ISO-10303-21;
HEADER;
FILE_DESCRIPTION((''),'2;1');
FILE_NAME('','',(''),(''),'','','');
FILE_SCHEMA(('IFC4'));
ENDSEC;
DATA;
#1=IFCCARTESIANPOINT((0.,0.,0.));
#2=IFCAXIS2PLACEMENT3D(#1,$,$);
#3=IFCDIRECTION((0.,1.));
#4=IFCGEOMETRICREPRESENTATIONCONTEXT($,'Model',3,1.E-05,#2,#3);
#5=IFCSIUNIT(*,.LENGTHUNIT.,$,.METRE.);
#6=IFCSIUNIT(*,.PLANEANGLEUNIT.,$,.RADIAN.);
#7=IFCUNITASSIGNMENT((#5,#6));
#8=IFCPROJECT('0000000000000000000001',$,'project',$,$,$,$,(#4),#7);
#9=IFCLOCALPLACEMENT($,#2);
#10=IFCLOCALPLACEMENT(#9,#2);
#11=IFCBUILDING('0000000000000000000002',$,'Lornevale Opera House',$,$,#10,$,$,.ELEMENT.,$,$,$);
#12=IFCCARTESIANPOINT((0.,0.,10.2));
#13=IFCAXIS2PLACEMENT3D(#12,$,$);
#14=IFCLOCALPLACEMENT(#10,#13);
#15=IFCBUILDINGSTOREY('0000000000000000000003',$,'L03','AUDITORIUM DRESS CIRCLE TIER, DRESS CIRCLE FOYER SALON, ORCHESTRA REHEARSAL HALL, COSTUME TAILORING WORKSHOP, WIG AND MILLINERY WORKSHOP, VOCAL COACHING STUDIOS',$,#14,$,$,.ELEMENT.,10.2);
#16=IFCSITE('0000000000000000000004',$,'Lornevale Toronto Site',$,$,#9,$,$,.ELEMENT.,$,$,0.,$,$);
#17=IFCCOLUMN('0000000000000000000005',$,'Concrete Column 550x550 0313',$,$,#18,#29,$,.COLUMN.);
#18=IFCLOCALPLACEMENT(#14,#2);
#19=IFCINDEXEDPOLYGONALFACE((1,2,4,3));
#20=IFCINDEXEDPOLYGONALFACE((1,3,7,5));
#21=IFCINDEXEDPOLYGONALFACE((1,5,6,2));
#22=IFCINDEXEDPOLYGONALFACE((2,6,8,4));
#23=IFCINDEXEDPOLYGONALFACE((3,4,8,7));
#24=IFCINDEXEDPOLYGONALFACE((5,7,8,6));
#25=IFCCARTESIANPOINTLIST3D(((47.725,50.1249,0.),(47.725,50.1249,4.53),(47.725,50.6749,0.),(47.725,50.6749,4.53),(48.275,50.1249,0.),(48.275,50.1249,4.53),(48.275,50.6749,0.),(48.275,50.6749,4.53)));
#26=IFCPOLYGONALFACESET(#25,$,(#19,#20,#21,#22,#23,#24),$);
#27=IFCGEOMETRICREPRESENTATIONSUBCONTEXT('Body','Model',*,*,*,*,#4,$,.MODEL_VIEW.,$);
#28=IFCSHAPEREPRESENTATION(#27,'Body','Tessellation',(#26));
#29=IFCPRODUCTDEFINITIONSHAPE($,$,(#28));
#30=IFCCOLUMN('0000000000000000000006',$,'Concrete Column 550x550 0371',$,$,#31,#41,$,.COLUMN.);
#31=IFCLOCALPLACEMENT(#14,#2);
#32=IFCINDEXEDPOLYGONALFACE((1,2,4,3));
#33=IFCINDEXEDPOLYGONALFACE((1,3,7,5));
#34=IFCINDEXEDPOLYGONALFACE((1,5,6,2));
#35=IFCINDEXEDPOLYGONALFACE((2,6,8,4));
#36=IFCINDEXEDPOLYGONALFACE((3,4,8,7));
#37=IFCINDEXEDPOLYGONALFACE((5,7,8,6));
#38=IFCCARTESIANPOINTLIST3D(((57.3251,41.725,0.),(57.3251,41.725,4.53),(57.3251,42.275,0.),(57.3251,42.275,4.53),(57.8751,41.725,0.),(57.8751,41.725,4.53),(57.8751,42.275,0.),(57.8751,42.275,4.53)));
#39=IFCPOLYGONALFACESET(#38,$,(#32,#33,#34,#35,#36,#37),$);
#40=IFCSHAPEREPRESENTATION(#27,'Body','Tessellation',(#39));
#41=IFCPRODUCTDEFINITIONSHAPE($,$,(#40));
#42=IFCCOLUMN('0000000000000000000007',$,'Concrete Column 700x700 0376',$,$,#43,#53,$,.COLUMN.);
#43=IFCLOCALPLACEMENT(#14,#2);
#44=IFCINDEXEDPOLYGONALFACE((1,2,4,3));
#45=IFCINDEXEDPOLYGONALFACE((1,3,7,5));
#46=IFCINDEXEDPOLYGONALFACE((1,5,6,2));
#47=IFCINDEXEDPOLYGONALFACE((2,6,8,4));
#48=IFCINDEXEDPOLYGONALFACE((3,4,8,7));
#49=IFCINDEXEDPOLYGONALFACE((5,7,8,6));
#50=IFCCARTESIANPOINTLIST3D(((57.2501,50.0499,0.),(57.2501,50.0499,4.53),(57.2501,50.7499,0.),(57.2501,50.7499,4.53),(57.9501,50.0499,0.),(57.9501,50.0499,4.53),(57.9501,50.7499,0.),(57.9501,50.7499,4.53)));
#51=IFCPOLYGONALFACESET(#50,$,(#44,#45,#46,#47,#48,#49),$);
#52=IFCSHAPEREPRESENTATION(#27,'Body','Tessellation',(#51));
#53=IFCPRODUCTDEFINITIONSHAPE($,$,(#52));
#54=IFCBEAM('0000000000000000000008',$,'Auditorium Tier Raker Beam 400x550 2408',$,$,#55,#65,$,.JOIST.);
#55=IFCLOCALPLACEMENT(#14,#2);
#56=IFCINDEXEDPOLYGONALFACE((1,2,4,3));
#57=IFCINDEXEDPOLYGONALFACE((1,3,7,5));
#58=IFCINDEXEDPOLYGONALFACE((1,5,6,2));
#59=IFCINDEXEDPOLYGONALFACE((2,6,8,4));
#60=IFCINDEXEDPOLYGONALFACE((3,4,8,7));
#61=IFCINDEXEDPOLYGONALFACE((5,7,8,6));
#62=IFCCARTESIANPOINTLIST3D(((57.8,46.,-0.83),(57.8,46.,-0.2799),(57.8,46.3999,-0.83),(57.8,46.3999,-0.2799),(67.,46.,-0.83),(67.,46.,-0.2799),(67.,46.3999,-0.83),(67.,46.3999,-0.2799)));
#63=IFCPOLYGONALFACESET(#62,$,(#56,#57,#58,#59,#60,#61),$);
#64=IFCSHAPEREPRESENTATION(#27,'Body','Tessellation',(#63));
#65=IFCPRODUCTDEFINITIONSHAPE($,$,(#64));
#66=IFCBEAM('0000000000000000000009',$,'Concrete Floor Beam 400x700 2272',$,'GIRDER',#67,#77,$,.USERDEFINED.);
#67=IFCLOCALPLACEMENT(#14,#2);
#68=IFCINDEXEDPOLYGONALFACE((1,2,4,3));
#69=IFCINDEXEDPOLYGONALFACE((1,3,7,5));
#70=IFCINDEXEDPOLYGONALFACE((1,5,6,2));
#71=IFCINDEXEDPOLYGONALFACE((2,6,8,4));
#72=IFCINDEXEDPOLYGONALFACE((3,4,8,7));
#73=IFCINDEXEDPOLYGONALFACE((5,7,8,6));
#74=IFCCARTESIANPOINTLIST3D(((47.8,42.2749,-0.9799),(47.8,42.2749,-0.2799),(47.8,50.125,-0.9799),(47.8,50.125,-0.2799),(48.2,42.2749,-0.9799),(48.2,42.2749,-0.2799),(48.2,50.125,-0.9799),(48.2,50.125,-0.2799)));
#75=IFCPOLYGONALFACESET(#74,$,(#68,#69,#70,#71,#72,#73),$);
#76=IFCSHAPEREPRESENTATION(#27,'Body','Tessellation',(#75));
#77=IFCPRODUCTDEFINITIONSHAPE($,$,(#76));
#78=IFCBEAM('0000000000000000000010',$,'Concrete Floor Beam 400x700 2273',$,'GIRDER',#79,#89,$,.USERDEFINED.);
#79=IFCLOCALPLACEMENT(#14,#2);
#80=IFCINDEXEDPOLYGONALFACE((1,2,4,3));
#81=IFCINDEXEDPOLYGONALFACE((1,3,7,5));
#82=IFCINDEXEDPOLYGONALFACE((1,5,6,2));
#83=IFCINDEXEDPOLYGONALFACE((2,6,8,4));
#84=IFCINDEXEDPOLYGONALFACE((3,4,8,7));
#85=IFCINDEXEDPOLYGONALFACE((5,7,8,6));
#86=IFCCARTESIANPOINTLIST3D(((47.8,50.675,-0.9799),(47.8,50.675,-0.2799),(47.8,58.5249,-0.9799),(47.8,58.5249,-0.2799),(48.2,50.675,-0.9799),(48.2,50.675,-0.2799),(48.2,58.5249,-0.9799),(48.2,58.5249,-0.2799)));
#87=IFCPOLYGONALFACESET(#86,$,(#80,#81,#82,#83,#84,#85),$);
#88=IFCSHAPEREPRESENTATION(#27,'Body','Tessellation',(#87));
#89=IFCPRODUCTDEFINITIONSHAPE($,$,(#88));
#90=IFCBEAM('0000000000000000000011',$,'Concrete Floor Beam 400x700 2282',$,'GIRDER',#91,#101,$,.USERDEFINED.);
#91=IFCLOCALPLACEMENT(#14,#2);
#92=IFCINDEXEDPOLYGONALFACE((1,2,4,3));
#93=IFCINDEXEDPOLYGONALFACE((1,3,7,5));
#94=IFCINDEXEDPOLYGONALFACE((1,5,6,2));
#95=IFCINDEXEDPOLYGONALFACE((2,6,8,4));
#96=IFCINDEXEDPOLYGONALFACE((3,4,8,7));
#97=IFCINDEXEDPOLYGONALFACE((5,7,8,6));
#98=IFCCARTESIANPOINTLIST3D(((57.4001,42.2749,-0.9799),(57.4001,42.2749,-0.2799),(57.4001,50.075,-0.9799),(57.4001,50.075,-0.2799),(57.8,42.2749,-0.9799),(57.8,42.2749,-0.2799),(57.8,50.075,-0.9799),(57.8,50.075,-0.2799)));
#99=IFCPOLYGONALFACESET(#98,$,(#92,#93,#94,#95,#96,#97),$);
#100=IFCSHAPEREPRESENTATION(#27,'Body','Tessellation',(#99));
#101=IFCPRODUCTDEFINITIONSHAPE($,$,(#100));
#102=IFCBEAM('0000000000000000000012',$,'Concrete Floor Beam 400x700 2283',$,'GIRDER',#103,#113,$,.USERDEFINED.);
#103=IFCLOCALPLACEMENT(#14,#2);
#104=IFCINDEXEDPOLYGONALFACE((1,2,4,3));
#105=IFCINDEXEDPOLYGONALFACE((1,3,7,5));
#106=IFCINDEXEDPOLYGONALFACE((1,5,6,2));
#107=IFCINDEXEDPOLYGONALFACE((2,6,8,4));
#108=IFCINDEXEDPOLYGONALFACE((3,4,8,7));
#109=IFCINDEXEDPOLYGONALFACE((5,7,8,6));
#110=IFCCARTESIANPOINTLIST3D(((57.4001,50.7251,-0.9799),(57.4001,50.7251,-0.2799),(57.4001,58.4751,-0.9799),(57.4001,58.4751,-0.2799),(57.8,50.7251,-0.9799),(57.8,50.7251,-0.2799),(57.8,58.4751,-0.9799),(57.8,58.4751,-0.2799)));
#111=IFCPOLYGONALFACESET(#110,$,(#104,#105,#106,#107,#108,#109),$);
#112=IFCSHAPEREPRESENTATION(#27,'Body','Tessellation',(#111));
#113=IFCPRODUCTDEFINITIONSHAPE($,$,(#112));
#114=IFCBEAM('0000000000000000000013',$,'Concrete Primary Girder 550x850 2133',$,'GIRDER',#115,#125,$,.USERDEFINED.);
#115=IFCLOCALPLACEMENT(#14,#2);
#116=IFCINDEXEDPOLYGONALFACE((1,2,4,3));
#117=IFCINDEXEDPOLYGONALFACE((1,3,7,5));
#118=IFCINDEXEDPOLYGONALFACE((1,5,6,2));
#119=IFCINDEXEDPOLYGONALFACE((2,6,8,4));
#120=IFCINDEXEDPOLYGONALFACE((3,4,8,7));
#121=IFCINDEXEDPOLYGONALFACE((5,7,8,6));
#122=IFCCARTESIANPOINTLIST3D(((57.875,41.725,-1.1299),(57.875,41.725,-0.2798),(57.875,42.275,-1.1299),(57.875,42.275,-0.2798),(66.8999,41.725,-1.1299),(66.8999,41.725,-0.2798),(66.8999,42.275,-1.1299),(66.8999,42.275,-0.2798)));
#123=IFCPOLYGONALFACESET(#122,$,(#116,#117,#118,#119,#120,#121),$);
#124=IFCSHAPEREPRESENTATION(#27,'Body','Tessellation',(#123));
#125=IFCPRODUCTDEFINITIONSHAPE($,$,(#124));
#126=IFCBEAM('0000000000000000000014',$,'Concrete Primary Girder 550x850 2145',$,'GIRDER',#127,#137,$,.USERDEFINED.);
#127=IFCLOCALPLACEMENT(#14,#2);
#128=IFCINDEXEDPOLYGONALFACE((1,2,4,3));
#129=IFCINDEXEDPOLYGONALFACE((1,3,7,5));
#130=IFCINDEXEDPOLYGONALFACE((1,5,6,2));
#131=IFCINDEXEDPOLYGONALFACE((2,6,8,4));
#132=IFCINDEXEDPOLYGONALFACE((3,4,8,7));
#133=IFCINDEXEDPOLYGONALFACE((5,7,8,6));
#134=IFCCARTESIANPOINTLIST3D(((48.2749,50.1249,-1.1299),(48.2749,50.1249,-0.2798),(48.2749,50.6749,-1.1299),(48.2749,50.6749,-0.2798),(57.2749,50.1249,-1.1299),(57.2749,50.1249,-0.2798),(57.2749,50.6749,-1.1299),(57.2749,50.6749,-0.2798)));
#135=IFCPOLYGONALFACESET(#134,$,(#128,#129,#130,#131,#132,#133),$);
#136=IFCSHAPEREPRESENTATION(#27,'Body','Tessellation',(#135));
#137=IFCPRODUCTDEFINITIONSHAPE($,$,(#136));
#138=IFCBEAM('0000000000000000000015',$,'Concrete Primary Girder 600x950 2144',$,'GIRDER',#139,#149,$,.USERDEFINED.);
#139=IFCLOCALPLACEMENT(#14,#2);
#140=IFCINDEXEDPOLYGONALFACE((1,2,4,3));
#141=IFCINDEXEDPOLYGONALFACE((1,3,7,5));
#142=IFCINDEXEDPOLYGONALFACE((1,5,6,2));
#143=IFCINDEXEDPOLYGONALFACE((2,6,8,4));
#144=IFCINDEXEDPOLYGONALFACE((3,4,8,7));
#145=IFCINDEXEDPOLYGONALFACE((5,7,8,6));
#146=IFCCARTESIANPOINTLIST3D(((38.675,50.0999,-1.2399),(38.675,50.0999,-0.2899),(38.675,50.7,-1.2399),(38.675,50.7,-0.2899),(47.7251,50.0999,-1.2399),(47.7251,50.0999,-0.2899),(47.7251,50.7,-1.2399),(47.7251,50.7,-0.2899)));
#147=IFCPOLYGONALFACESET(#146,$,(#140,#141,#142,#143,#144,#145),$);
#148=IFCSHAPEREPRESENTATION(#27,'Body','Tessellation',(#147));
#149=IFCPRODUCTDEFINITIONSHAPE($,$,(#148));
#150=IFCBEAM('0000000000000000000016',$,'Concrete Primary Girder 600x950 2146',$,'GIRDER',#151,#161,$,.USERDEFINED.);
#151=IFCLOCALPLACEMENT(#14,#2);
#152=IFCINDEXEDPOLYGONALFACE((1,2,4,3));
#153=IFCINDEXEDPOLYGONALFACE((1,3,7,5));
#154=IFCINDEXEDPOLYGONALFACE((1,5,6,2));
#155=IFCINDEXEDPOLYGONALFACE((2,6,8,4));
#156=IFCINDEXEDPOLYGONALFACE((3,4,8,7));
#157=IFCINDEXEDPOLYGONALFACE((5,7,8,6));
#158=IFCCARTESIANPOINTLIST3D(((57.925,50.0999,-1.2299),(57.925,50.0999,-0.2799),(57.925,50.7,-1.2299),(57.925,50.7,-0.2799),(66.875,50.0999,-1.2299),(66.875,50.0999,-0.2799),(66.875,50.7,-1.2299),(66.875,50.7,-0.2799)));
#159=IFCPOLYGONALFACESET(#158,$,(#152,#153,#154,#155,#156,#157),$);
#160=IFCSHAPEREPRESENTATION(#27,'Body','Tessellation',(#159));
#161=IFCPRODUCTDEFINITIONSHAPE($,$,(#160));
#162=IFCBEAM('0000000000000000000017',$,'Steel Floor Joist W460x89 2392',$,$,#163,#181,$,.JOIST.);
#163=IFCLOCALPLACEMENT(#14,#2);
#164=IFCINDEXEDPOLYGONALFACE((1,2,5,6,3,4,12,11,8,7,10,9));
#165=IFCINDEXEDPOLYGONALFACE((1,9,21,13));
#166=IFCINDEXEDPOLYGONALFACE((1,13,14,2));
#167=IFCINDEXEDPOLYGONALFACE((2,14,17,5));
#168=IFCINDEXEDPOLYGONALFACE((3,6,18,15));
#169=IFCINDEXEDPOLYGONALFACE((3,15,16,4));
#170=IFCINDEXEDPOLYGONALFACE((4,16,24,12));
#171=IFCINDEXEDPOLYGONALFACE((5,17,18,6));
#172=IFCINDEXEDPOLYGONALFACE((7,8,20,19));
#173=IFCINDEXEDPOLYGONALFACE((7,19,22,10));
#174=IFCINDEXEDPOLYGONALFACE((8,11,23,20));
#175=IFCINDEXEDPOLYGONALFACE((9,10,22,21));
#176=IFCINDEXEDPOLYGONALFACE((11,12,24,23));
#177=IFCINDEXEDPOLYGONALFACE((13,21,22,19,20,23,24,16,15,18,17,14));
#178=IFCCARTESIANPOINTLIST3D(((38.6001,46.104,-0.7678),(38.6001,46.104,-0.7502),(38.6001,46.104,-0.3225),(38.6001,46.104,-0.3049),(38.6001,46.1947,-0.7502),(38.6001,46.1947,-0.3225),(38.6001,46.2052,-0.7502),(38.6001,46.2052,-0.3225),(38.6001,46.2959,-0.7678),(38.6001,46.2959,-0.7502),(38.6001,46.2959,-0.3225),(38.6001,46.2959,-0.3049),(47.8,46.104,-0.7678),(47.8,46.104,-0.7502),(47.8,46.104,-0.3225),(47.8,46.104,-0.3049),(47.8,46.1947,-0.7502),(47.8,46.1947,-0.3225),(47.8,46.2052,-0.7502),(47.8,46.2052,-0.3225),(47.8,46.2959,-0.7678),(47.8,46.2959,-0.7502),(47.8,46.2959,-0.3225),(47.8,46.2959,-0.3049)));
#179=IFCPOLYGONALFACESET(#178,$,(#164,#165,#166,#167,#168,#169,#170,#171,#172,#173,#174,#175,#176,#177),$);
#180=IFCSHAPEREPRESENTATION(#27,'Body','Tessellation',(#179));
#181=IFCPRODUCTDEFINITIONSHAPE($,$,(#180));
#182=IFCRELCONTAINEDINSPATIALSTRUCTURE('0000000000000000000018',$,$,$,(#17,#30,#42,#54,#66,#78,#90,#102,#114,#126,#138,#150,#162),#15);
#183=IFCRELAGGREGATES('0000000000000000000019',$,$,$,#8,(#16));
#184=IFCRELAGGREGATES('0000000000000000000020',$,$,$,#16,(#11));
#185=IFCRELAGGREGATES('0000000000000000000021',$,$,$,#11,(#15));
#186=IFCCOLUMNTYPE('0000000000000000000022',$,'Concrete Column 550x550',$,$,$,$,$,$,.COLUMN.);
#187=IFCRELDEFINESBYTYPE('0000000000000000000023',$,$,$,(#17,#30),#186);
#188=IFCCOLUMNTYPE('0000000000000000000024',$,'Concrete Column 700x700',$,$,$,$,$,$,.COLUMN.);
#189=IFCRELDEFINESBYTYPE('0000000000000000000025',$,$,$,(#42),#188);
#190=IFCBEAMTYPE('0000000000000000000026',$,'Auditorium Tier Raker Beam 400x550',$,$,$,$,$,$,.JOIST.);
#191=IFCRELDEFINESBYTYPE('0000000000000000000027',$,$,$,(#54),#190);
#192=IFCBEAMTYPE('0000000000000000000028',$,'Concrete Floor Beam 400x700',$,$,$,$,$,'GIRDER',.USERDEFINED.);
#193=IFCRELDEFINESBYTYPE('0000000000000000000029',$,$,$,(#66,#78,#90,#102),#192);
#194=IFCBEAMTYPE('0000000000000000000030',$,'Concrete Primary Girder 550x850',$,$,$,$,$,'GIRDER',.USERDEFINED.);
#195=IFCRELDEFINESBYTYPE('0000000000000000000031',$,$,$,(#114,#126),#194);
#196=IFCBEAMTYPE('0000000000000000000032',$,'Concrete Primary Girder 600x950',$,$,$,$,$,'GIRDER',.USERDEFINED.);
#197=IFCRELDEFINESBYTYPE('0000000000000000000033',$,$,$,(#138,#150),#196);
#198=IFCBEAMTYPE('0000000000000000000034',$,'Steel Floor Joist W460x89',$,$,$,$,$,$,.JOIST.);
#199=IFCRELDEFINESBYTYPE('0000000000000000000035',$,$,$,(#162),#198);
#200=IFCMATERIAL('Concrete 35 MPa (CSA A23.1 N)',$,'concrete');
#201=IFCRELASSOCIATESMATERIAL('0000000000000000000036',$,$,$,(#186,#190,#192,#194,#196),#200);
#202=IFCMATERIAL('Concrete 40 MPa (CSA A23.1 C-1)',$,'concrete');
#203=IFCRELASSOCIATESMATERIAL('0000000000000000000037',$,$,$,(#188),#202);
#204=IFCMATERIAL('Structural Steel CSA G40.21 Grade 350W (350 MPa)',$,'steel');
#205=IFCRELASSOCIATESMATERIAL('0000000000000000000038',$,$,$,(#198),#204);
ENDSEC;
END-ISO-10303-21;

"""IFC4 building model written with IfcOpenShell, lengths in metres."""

from ifc_helpers import new_model, si_unit, direction, frame, origin, origin_2d, place, context, subcontext, project, spatial, rectangle, i_section, extrude, material, material_profile, profile_set, type_object, element, save


model = new_model("IFC4")

# Units and contexts
model_context = context("Model", 3, precision=1e-05, world=origin(), true_north=direction((0.0, 1.0)))
body_context = subcontext(model_context, "Body", "Model", "MODEL_VIEW")
ifc_project = project(units=[si_unit("LENGTHUNIT", "METRE"), si_unit("PLANEANGLEUNIT", "RADIAN")], contexts=[model_context])

# Site, building, storey
site_placement = place(None, origin())
site = spatial("IfcSite", under=ifc_project, at=site_placement, Name="Lornevale Toronto Site", CompositionType="ELEMENT", RefElevation=0.0)
building_placement = place(site_placement, origin())
building = spatial("IfcBuilding", under=site, at=building_placement, Name="Lornevale Opera House", CompositionType="ELEMENT")
storey_placement = place(building_placement, frame((0.0, 0.0, 10.2)))
storey = spatial("IfcBuildingStorey", under=building, at=storey_placement, Name="L03", Description="AUDITORIUM DRESS CIRCLE TIER, DRESS CIRCLE FOYER SALON, ORCHESTRA REHEARSAL HALL, COSTUME TAILORING WORKSHOP, WIG AND MILLINERY WORKSHOP, VOCAL COACHING STUDIOS", CompositionType="ELEMENT", Elevation=10.2)

# Columns
ifc_material_1 = material(Name="Concrete 35 MPa (CSA A23.1 N)", Category="concrete")
ifc_material_profile_1 = material_profile(ifc_material_1, rectangle(XDim=0.55, YDim=0.55, at=origin_2d()), Name="RC550x550")
ifc_profile_set_1 = profile_set([ifc_material_profile_1], Name="Concrete 35 MPa (CSA A23.1 N)")
column_type_1 = type_object("IfcColumnType", Name="Concrete Column 550x550", PredefinedType="COLUMN", material=ifc_profile_set_1)
for number, where, z_axis, x_axis, name in (
    (1, (48.0, 50.3999, 0.0), (0.0, 0.0, 1.0), (1.0, 0.0, 0.0), "Concrete Column 550x550 0313"),
    (2, (57.6001, 42.0, 0.0), (0.0, 0.0, 1.0), (1.0, 0.0, 0.0), "Concrete Column 550x550 0371"),
):
    element("IfcColumn", number, at=place(storey_placement, frame(where, z_axis=z_axis, x_axis=x_axis)), inside=storey, type_object=column_type_1, Name=name, PredefinedType="COLUMN", context=body_context, shape_type="SweptSolid", body=[
        extrude(rectangle(XDim=0.55, YDim=0.55, at=origin_2d()), origin(), (0.0, 0.0, 1.0), 4.53),
    ])
ifc_material_2 = material(Name="Concrete 40 MPa (CSA A23.1 C-1)", Category="concrete")
ifc_material_profile_2 = material_profile(ifc_material_2, rectangle(XDim=0.7, YDim=0.7, at=origin_2d()), Name="RC700x700")
ifc_profile_set_2 = profile_set([ifc_material_profile_2], Name="Concrete 40 MPa (CSA A23.1 C-1)")
column_type_2 = type_object("IfcColumnType", Name="Concrete Column 700x700", PredefinedType="COLUMN", material=ifc_profile_set_2)
column_placement = place(storey_placement, frame((57.6001, 50.3999, 0.0), z_axis=(0.0, 0.0, 1.0), x_axis=(1.0, 0.0, 0.0)))
element("IfcColumn", 3, at=column_placement, inside=storey, type_object=column_type_2, Name="Concrete Column 700x700 0376", PredefinedType="COLUMN", context=body_context, shape_type="SweptSolid", body=[
    extrude(rectangle(XDim=0.7, YDim=0.7, at=origin_2d()), origin(), (0.0, 0.0, 1.0), 4.53),
])

# Beams
ifc_material_profile_3 = material_profile(ifc_material_1, rectangle(XDim=0.3999, YDim=0.55, at=origin_2d()), Name="RC400x550")
ifc_profile_set_3 = profile_set([ifc_material_profile_3], Name="Concrete 35 MPa (CSA A23.1 N)")
beam_type_1 = type_object("IfcBeamType", Name="Auditorium Tier Raker Beam 400x550", PredefinedType="JOIST", material=ifc_profile_set_3)
beam_1_placement = place(storey_placement, frame((57.8, 46.2, -0.5549), z_axis=(1.0, 0.0, 0.0), x_axis=(0.0, 1.0, 0.0)))
element("IfcBeam", 4, at=beam_1_placement, inside=storey, type_object=beam_type_1, Name="Auditorium Tier Raker Beam 400x550 2408", PredefinedType="JOIST", context=body_context, shape_type="SweptSolid", body=[
    extrude(rectangle(XDim=0.3999, YDim=0.55, at=origin_2d()), origin(), (0.0, 0.0, 1.0), 9.2),
])
ifc_material_profile_4 = material_profile(ifc_material_1, rectangle(XDim=0.3999, YDim=0.7, at=origin_2d()), Name="RC400x700")
ifc_profile_set_4 = profile_set([ifc_material_profile_4], Name="Concrete 35 MPa (CSA A23.1 N)")
beam_type_2 = type_object("IfcBeamType", Name="Concrete Floor Beam 400x700", ElementType="GIRDER", PredefinedType="USERDEFINED", material=ifc_profile_set_4)
beam_2_placement = place(storey_placement, frame((48.0, 42.2749, -0.6299), z_axis=(0.0, 1.0, 0.0), x_axis=(-1.0, 0.0, 0.0)))
element("IfcBeam", 5, at=beam_2_placement, inside=storey, type_object=beam_type_2, Name="Concrete Floor Beam 400x700 2272", ObjectType="GIRDER", PredefinedType="USERDEFINED", context=body_context, shape_type="SweptSolid", body=[
    extrude(rectangle(XDim=0.3999, YDim=0.7, at=origin_2d()), origin(), (0.0, 0.0, 1.0), 7.8501),
])
beam_3_placement = place(storey_placement, frame((48.0, 50.675, -0.6299), z_axis=(0.0, 1.0, 0.0), x_axis=(-1.0, 0.0, 0.0)))
element("IfcBeam", 6, at=beam_3_placement, inside=storey, type_object=beam_type_2, Name="Concrete Floor Beam 400x700 2273", ObjectType="GIRDER", PredefinedType="USERDEFINED", context=body_context, shape_type="SweptSolid", body=[
    extrude(rectangle(XDim=0.3999, YDim=0.7, at=origin_2d()), origin(), (0.0, 0.0, 1.0), 7.8499),
])
beam_4_placement = place(storey_placement, frame((57.6001, 42.2749, -0.6299), z_axis=(0.0, 1.0, 0.0), x_axis=(-1.0, 0.0, 0.0)))
element("IfcBeam", 7, at=beam_4_placement, inside=storey, type_object=beam_type_2, Name="Concrete Floor Beam 400x700 2282", ObjectType="GIRDER", PredefinedType="USERDEFINED", context=body_context, shape_type="SweptSolid", body=[
    extrude(rectangle(XDim=0.3999, YDim=0.7, at=origin_2d()), origin(), (0.0, 0.0, 1.0), 7.8),
])
beam_5_placement = place(storey_placement, frame((57.6001, 50.7251, -0.6299), z_axis=(0.0, 1.0, 0.0), x_axis=(-1.0, 0.0, 0.0)))
element("IfcBeam", 8, at=beam_5_placement, inside=storey, type_object=beam_type_2, Name="Concrete Floor Beam 400x700 2283", ObjectType="GIRDER", PredefinedType="USERDEFINED", context=body_context, shape_type="SweptSolid", body=[
    extrude(rectangle(XDim=0.3999, YDim=0.7, at=origin_2d()), origin(), (0.0, 0.0, 1.0), 7.75),
])
ifc_material_profile_5 = material_profile(ifc_material_1, rectangle(XDim=0.55, YDim=0.8501, at=origin_2d()), Name="RC550x850")
ifc_profile_set_5 = profile_set([ifc_material_profile_5], Name="Concrete 35 MPa (CSA A23.1 N)")
beam_type_3 = type_object("IfcBeamType", Name="Concrete Primary Girder 550x850", ElementType="GIRDER", PredefinedType="USERDEFINED", material=ifc_profile_set_5)
beam_6_placement = place(storey_placement, frame((57.875, 42.0, -0.7048), z_axis=(1.0, 0.0, 0.0), x_axis=(0.0, 1.0, 0.0)))
element("IfcBeam", 9, at=beam_6_placement, inside=storey, type_object=beam_type_3, Name="Concrete Primary Girder 550x850 2133", ObjectType="GIRDER", PredefinedType="USERDEFINED", context=body_context, shape_type="SweptSolid", body=[
    extrude(rectangle(XDim=0.55, YDim=0.8501, at=origin_2d()), origin(), (0.0, 0.0, 1.0), 9.0249),
])
beam_7_placement = place(storey_placement, frame((48.2749, 50.3999, -0.7048), z_axis=(1.0, 0.0, 0.0), x_axis=(0.0, 1.0, 0.0)))
element("IfcBeam", 10, at=beam_7_placement, inside=storey, type_object=beam_type_3, Name="Concrete Primary Girder 550x850 2145", ObjectType="GIRDER", PredefinedType="USERDEFINED", context=body_context, shape_type="SweptSolid", body=[
    extrude(rectangle(XDim=0.55, YDim=0.8501, at=origin_2d()), origin(), (0.0, 0.0, 1.0), 9.0),
])
ifc_material_profile_6 = material_profile(ifc_material_1, rectangle(XDim=0.6001, YDim=0.95, at=origin_2d()), Name="RC600x950")
ifc_profile_set_6 = profile_set([ifc_material_profile_6], Name="Concrete 35 MPa (CSA A23.1 N)")
beam_type_4 = type_object("IfcBeamType", Name="Concrete Primary Girder 600x950", ElementType="GIRDER", PredefinedType="USERDEFINED", material=ifc_profile_set_6)
beam_8_placement = place(storey_placement, frame((38.675, 50.3999, -0.7649), z_axis=(1.0, 0.0, 0.0), x_axis=(0.0, 1.0, 0.0)))
element("IfcBeam", 11, at=beam_8_placement, inside=storey, type_object=beam_type_4, Name="Concrete Primary Girder 600x950 2144", ObjectType="GIRDER", PredefinedType="USERDEFINED", context=body_context, shape_type="SweptSolid", body=[
    extrude(rectangle(XDim=0.6001, YDim=0.95, at=origin_2d()), origin(), (0.0, 0.0, 1.0), 9.05),
])
beam_9_placement = place(storey_placement, frame((57.925, 50.3999, -0.7549), z_axis=(1.0, 0.0, 0.0), x_axis=(0.0, 1.0, 0.0)))
element("IfcBeam", 12, at=beam_9_placement, inside=storey, type_object=beam_type_4, Name="Concrete Primary Girder 600x950 2146", ObjectType="GIRDER", PredefinedType="USERDEFINED", context=body_context, shape_type="SweptSolid", body=[
    extrude(rectangle(XDim=0.6001, YDim=0.95, at=origin_2d()), origin(), (0.0, 0.0, 1.0), 8.95),
])
ifc_material_3 = material(Name="Structural Steel CSA G40.21 Grade 350W (350 MPa)", Category="steel")
ifc_material_profile_7 = material_profile(ifc_material_3, i_section(OverallWidth=0.1919, OverallDepth=0.4629, WebThickness=0.0105, FlangeThickness=0.0176, at=origin_2d()), Name="W460x89")
ifc_profile_set_7 = profile_set([ifc_material_profile_7], Name="Structural Steel CSA G40.21 Grade 350W (350 MPa)")
beam_type_5 = type_object("IfcBeamType", Name="Steel Floor Joist W460x89", PredefinedType="JOIST", material=ifc_profile_set_7)
for number, where, z_axis, x_axis, name in (
    (13, (38.6001, 46.2, -0.5364), (1.0, 0.0, 0.0), (0.0, 1.0, 0.0), "Steel Floor Joist W460x89 2392"),
):
    element("IfcBeam", number, at=place(storey_placement, frame(where, z_axis=z_axis, x_axis=x_axis)), inside=storey, type_object=beam_type_5, Name=name, PredefinedType="JOIST", context=body_context, shape_type="SweptSolid", body=[
        extrude(i_section(OverallWidth=0.1919, OverallDepth=0.4629, WebThickness=0.0105, FlangeThickness=0.0176, at=origin_2d()), origin(), (0.0, 0.0, 1.0), 9.2),
    ])

save(model, "model.ifc")
